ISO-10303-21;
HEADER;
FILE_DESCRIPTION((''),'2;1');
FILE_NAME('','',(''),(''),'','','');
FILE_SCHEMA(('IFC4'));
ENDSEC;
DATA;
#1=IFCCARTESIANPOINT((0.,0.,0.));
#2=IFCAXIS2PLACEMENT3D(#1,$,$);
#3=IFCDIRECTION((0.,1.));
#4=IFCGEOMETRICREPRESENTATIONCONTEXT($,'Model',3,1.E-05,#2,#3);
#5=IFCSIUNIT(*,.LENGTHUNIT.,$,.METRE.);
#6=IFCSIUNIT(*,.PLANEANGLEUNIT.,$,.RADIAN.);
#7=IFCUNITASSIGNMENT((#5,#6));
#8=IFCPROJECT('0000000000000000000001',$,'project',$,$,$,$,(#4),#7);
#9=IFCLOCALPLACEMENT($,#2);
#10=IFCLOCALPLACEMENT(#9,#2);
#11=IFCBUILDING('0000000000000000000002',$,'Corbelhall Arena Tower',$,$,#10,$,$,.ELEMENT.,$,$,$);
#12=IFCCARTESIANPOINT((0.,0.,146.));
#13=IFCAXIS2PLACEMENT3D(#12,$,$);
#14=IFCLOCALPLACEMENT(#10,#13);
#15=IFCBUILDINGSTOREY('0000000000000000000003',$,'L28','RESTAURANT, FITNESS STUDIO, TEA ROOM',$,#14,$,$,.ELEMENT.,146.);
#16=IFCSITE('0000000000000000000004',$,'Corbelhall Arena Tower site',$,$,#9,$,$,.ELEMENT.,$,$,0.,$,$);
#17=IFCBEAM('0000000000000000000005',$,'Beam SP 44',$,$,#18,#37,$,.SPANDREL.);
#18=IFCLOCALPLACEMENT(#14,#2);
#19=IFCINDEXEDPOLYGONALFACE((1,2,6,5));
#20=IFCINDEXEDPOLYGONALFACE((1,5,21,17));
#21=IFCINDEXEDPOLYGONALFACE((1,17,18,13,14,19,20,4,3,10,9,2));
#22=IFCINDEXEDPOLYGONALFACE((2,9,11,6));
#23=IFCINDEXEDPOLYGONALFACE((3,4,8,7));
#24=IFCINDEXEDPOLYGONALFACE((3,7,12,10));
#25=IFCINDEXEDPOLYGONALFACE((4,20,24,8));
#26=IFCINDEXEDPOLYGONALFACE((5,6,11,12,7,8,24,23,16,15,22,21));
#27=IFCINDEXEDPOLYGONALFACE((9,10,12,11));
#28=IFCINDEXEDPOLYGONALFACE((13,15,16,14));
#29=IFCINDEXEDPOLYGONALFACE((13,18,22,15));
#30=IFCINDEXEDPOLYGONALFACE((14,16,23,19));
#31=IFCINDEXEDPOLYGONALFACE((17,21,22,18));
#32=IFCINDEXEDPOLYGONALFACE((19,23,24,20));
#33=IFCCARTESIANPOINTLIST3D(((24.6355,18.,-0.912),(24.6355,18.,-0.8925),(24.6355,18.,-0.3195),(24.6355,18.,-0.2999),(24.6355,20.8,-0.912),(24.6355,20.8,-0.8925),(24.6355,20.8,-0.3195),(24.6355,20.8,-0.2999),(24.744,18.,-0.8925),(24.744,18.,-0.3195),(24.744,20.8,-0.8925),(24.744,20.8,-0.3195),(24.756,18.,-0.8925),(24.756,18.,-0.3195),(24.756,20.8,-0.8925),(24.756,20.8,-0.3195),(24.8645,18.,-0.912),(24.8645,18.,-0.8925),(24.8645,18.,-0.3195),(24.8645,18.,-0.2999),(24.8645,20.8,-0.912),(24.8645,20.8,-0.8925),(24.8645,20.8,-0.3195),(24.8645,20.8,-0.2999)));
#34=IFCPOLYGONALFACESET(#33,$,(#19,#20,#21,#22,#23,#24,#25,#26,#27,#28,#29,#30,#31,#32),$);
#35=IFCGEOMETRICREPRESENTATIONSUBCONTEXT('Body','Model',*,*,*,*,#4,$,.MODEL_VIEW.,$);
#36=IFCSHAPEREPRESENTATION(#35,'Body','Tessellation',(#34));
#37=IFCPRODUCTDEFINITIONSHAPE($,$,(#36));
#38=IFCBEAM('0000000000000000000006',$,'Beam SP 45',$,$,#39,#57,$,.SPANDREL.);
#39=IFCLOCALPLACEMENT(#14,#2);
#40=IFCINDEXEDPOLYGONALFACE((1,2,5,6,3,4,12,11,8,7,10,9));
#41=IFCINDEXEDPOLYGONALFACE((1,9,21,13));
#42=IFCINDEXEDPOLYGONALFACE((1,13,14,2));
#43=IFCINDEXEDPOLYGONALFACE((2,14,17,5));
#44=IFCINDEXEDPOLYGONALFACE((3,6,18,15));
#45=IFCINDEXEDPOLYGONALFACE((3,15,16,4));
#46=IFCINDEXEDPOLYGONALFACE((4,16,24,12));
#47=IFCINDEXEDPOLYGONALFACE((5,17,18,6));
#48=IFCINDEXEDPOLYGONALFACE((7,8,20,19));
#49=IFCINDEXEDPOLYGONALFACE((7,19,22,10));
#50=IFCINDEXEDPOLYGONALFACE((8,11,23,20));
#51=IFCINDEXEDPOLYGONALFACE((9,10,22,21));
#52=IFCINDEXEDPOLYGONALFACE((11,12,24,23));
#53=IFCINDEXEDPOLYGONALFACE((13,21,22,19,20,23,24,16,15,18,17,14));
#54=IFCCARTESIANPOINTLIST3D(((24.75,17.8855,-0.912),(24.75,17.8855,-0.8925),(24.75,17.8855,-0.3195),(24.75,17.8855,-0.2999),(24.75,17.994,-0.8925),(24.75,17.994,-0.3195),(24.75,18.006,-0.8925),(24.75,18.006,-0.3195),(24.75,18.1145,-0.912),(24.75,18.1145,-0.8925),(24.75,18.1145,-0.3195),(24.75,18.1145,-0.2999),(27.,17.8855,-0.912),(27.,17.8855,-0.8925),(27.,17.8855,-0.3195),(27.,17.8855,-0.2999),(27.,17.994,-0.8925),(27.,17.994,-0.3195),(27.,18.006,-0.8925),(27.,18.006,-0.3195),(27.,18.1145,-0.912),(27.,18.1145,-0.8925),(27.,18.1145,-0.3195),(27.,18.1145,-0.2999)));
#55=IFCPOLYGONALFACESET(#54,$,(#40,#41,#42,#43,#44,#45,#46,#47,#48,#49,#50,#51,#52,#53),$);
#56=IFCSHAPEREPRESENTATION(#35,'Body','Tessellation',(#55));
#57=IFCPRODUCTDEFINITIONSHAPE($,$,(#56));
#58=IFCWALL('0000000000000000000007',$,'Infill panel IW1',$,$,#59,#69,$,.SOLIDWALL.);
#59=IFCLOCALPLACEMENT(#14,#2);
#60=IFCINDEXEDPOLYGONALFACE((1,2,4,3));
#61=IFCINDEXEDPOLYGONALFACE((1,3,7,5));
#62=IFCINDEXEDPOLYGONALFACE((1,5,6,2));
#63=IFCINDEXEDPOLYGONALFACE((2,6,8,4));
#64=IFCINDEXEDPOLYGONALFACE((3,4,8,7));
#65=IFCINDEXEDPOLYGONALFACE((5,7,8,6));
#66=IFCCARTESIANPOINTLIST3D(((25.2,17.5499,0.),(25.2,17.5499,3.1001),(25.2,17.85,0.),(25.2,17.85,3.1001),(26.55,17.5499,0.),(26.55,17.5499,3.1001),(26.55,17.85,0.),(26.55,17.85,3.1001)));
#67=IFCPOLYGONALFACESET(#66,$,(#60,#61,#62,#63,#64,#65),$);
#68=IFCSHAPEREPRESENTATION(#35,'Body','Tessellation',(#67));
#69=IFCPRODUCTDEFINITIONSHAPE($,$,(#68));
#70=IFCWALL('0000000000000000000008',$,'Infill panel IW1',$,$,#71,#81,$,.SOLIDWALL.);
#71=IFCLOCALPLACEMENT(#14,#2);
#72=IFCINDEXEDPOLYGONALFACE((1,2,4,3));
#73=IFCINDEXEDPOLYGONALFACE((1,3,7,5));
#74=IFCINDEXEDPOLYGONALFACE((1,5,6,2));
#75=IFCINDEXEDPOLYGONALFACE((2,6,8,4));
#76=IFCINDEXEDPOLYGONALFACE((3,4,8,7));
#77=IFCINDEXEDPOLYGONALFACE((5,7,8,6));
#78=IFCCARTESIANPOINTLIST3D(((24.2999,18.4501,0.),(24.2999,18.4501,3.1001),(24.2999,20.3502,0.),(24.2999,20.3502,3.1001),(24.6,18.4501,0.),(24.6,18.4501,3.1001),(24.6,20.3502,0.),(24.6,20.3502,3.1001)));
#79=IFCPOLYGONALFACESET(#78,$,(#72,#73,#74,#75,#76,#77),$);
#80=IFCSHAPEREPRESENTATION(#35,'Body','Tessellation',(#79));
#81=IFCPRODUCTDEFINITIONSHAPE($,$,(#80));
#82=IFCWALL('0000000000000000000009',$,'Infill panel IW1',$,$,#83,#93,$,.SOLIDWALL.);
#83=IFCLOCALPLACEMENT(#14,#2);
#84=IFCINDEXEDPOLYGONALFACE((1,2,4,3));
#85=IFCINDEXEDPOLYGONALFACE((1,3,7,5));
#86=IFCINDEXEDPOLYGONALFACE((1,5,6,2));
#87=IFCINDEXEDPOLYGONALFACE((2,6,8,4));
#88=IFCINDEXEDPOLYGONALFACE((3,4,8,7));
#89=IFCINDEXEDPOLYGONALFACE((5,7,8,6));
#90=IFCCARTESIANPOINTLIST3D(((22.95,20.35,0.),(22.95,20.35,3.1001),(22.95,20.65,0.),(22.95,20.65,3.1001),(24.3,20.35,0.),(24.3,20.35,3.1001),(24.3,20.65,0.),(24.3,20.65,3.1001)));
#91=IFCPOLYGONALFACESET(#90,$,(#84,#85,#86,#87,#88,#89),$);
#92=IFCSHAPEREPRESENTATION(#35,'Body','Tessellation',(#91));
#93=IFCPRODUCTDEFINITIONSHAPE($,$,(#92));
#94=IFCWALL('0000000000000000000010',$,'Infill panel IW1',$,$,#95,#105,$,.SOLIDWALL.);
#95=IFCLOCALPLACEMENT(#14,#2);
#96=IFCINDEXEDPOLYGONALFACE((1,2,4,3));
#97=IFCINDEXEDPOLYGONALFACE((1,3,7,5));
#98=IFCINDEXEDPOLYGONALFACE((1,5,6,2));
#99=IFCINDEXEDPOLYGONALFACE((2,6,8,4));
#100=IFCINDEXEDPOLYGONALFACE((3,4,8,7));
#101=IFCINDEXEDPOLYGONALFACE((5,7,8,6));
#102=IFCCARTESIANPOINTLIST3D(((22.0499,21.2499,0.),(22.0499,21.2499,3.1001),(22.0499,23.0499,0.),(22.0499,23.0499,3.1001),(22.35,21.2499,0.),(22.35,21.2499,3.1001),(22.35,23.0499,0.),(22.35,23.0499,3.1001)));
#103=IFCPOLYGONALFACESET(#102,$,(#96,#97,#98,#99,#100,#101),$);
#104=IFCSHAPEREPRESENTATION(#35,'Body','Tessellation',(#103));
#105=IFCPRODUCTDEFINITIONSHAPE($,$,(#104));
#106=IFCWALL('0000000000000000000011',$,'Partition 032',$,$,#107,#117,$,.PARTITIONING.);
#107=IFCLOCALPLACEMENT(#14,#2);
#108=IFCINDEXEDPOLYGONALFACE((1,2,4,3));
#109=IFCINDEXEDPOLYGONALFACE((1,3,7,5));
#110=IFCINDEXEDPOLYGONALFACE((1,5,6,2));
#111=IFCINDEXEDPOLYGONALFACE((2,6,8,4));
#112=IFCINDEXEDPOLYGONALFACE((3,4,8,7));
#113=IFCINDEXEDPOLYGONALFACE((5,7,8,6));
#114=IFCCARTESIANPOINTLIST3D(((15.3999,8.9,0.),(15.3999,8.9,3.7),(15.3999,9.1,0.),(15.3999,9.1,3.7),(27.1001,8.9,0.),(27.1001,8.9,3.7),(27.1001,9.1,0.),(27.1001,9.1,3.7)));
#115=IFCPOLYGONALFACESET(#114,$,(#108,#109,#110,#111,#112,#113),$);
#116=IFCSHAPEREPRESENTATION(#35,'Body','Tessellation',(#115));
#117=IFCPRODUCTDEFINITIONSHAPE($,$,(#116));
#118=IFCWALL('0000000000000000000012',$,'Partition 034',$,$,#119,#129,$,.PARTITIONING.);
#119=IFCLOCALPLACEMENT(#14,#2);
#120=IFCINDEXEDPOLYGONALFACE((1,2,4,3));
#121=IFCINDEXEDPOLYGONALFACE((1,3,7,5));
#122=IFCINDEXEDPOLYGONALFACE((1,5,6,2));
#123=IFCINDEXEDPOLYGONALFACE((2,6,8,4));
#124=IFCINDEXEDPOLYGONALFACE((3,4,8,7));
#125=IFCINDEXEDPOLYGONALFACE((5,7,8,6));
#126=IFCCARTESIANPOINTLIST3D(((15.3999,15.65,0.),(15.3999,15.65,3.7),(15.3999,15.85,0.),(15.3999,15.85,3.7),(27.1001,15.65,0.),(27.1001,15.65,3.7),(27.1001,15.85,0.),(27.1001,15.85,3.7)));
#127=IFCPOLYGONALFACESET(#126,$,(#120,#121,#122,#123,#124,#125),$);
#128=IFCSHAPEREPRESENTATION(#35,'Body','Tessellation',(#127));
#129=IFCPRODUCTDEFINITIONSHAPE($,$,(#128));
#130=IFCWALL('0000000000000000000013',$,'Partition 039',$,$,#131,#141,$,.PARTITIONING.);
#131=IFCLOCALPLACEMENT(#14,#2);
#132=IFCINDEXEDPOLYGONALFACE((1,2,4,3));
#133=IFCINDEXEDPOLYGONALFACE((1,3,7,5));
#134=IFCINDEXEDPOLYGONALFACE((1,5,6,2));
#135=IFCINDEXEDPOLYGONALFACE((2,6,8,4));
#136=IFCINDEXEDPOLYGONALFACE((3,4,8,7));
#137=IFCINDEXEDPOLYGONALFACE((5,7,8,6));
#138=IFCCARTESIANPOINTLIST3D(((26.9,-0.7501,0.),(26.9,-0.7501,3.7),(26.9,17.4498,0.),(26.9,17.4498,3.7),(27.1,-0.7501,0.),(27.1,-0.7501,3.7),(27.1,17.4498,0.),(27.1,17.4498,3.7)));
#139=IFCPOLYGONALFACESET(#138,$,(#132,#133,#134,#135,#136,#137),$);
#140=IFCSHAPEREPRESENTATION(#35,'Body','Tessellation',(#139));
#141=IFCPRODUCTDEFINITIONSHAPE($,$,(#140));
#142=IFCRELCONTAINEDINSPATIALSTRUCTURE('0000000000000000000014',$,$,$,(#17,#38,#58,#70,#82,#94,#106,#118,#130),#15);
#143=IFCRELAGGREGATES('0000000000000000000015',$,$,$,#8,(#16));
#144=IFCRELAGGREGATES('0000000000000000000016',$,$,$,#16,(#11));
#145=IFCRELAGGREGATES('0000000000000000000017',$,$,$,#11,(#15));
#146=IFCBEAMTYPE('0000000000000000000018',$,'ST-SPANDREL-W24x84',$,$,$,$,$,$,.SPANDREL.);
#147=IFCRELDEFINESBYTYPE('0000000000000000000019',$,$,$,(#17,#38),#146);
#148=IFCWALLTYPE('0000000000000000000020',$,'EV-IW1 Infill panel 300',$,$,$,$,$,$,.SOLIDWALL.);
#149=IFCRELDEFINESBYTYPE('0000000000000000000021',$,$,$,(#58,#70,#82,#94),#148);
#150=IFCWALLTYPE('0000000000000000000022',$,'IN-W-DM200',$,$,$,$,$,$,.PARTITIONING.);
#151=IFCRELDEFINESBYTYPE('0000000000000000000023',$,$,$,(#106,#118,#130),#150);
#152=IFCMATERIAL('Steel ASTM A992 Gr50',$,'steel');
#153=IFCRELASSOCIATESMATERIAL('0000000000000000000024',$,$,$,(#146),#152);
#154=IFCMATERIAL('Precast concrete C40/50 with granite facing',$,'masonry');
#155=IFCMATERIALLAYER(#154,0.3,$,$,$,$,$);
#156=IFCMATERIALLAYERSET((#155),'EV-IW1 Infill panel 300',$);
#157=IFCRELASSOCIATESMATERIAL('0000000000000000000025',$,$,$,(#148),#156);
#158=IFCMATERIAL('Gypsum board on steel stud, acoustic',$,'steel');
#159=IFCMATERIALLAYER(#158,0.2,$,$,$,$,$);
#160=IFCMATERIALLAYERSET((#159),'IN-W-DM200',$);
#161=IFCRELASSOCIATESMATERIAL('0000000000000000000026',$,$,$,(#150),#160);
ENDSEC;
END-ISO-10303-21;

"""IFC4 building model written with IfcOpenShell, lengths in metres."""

from ifc_helpers import new_model, si_unit, direction, frame, frame_2d, origin, origin_2d, place, context, subcontext, project, spatial, rectangle, i_section, extrude, material, layer, layer_set, material_profile, profile_set, type_object, element, save


model = new_model("IFC4")

# Units and contexts
model_context = context("Model", 3, precision=1e-05, world=origin(), true_north=direction((0.0, 1.0)))
body_context = subcontext(model_context, "Body", "Model", "MODEL_VIEW")
ifc_project = project(units=[si_unit("LENGTHUNIT", "METRE"), si_unit("PLANEANGLEUNIT", "RADIAN")], contexts=[model_context])

# Site, building, storey
site_placement = place(None, origin())
site = spatial("IfcSite", under=ifc_project, at=site_placement, Name="Corbelhall Arena Tower site", CompositionType="ELEMENT", RefElevation=0.0)
building_placement = place(site_placement, origin())
building = spatial("IfcBuilding", under=site, at=building_placement, Name="Corbelhall Arena Tower", CompositionType="ELEMENT")
storey_placement = place(building_placement, frame((0.0, 0.0, 146.0)))
storey = spatial("IfcBuildingStorey", under=building, at=storey_placement, Name="L28", Description="RESTAURANT, FITNESS STUDIO, TEA ROOM", CompositionType="ELEMENT", Elevation=146.0)

# Beams
ifc_material_1 = material(Name="Steel ASTM A992 Gr50", Category="steel")
ifc_material_profile_1 = material_profile(ifc_material_1, i_section(OverallWidth=0.229, OverallDepth=0.6121, WebThickness=0.012, FlangeThickness=0.0195, at=origin_2d()))
ifc_profile_set_1 = profile_set([ifc_material_profile_1], Name="Steel ASTM A992 Gr50")
beam_type = type_object("IfcBeamType", Name="ST-SPANDREL-W24x84", PredefinedType="SPANDREL", material=ifc_profile_set_1)
beam_1_placement = place(storey_placement, frame((24.75, 20.8, -0.606), z_axis=(0.0, -1.0, 0.0), x_axis=(1.0, 0.0, 0.0)))
element("IfcBeam", 1, at=beam_1_placement, inside=storey, type_object=beam_type, Name="Beam SP 44", PredefinedType="SPANDREL", context=body_context, shape_type="SweptSolid", body=[
    extrude(i_section(OverallWidth=0.229, OverallDepth=0.6121, WebThickness=0.012, FlangeThickness=0.0195, at=origin_2d()), origin(), (0.0, 0.0, 1.0), 2.8),
])
beam_2_placement = place(storey_placement, frame((24.75, 18.0, -0.606), z_axis=(1.0, 0.0, 0.0), x_axis=(0.0, 1.0, 0.0)))
element("IfcBeam", 2, at=beam_2_placement, inside=storey, type_object=beam_type, Name="Beam SP 45", PredefinedType="SPANDREL", context=body_context, shape_type="SweptSolid", body=[
    extrude(i_section(OverallWidth=0.229, OverallDepth=0.6121, WebThickness=0.012, FlangeThickness=0.0195, at=origin_2d()), origin(), (0.0, 0.0, 1.0), 2.25),
])

# Walls
ifc_material_2 = material(Name="Precast concrete C40/50 with granite facing", Category="masonry")
ifc_layer_1 = layer(ifc_material_2, 0.3)
ifc_layer_set_1 = layer_set([ifc_layer_1], Name="EV-IW1 Infill panel 300")
wall_type_1 = type_object("IfcWallType", Name="EV-IW1 Infill panel 300", PredefinedType="SOLIDWALL", material=ifc_layer_set_1)
wall_1_placement = place(storey_placement, frame((26.55, 17.7, 0.0), z_axis=(0.0, 0.0, 1.0), x_axis=(-1.0, 0.0, 0.0)))
element("IfcWall", 3, at=wall_1_placement, inside=storey, type_object=wall_type_1, Name="Infill panel IW1", PredefinedType="SOLIDWALL", context=body_context, shape_type="SweptSolid", body=[
    extrude(rectangle(XDim=1.3501, YDim=0.3, at=frame_2d((0.675, 0.0))), origin(), (0.0, 0.0, 1.0), 3.1001),
])
wall_2_placement = place(storey_placement, frame((24.45, 18.45, 0.0), z_axis=(0.0, 0.0, 1.0), x_axis=(0.0, 1.0, 0.0)))
element("IfcWall", 4, at=wall_2_placement, inside=storey, type_object=wall_type_1, Name="Infill panel IW1", PredefinedType="SOLIDWALL", context=body_context, shape_type="SweptSolid", body=[
    extrude(rectangle(XDim=1.9001, YDim=0.3, at=frame_2d((0.9502, 0.0))), origin(), (0.0, 0.0, 1.0), 3.1001),
])
wall_3_placement = place(storey_placement, frame((24.3, 20.5, 0.0), z_axis=(0.0, 0.0, 1.0), x_axis=(-1.0, 0.0, 0.0)))
element("IfcWall", 5, at=wall_3_placement, inside=storey, type_object=wall_type_1, Name="Infill panel IW1", PredefinedType="SOLIDWALL", context=body_context, shape_type="SweptSolid", body=[
    extrude(rectangle(XDim=1.3501, YDim=0.3, at=frame_2d((0.675, 0.0))), origin(), (0.0, 0.0, 1.0), 3.1001),
])
wall_4_placement = place(storey_placement, frame((22.2, 21.25, 0.0), z_axis=(0.0, 0.0, 1.0), x_axis=(0.0, 1.0, 0.0)))
element("IfcWall", 6, at=wall_4_placement, inside=storey, type_object=wall_type_1, Name="Infill panel IW1", PredefinedType="SOLIDWALL", context=body_context, shape_type="SweptSolid", body=[
    extrude(rectangle(XDim=1.8, YDim=0.3, at=frame_2d((0.8999, 0.0))), origin(), (0.0, 0.0, 1.0), 3.1001),
])

# Wall
ifc_material_3 = material(Name="Gypsum board on steel stud, acoustic", Category="steel")
ifc_layer_2 = layer(ifc_material_3, 0.2)
ifc_layer_set_2 = layer_set([ifc_layer_2], Name="IN-W-DM200")
wall_type_2 = type_object("IfcWallType", Name="IN-W-DM200", PredefinedType="PARTITIONING", material=ifc_layer_set_2)
wall_5_placement = place(storey_placement, frame((15.3999, 9.0, 0.0), z_axis=(0.0, 0.0, 1.0), x_axis=(1.0, 0.0, 0.0)))
element("IfcWall", 7, at=wall_5_placement, inside=storey, type_object=wall_type_2, Name="Partition 032", PredefinedType="PARTITIONING", context=body_context, shape_type="SweptSolid", body=[
    extrude(rectangle(XDim=11.7002, YDim=0.2, at=frame_2d((5.8501, 0.0))), origin(), (0.0, 0.0, 1.0), 3.7),
])

# Walls
wall_6_placement = place(storey_placement, frame((15.3999, 15.75, 0.0), z_axis=(0.0, 0.0, 1.0), x_axis=(1.0, 0.0, 0.0)))
element("IfcWall", 8, at=wall_6_placement, inside=storey, type_object=wall_type_2, Name="Partition 034", PredefinedType="PARTITIONING", context=body_context, shape_type="SweptSolid", body=[
    extrude(rectangle(XDim=11.7002, YDim=0.2, at=frame_2d((5.8501, 0.0))), origin(), (0.0, 0.0, 1.0), 3.7),
])
wall_7_placement = place(storey_placement, frame((27.0, 17.45, 0.0), z_axis=(0.0, 0.0, 1.0), x_axis=(0.0, -1.0, 0.0)))
element("IfcWall", 9, at=wall_7_placement, inside=storey, type_object=wall_type_2, Name="Partition 039", PredefinedType="PARTITIONING", context=body_context, shape_type="SweptSolid", body=[
    extrude(rectangle(XDim=18.2, YDim=0.2, at=frame_2d((9.1001, 0.0))), origin(), (0.0, 0.0, 1.0), 3.7),
])

save(model, "model.ifc")
